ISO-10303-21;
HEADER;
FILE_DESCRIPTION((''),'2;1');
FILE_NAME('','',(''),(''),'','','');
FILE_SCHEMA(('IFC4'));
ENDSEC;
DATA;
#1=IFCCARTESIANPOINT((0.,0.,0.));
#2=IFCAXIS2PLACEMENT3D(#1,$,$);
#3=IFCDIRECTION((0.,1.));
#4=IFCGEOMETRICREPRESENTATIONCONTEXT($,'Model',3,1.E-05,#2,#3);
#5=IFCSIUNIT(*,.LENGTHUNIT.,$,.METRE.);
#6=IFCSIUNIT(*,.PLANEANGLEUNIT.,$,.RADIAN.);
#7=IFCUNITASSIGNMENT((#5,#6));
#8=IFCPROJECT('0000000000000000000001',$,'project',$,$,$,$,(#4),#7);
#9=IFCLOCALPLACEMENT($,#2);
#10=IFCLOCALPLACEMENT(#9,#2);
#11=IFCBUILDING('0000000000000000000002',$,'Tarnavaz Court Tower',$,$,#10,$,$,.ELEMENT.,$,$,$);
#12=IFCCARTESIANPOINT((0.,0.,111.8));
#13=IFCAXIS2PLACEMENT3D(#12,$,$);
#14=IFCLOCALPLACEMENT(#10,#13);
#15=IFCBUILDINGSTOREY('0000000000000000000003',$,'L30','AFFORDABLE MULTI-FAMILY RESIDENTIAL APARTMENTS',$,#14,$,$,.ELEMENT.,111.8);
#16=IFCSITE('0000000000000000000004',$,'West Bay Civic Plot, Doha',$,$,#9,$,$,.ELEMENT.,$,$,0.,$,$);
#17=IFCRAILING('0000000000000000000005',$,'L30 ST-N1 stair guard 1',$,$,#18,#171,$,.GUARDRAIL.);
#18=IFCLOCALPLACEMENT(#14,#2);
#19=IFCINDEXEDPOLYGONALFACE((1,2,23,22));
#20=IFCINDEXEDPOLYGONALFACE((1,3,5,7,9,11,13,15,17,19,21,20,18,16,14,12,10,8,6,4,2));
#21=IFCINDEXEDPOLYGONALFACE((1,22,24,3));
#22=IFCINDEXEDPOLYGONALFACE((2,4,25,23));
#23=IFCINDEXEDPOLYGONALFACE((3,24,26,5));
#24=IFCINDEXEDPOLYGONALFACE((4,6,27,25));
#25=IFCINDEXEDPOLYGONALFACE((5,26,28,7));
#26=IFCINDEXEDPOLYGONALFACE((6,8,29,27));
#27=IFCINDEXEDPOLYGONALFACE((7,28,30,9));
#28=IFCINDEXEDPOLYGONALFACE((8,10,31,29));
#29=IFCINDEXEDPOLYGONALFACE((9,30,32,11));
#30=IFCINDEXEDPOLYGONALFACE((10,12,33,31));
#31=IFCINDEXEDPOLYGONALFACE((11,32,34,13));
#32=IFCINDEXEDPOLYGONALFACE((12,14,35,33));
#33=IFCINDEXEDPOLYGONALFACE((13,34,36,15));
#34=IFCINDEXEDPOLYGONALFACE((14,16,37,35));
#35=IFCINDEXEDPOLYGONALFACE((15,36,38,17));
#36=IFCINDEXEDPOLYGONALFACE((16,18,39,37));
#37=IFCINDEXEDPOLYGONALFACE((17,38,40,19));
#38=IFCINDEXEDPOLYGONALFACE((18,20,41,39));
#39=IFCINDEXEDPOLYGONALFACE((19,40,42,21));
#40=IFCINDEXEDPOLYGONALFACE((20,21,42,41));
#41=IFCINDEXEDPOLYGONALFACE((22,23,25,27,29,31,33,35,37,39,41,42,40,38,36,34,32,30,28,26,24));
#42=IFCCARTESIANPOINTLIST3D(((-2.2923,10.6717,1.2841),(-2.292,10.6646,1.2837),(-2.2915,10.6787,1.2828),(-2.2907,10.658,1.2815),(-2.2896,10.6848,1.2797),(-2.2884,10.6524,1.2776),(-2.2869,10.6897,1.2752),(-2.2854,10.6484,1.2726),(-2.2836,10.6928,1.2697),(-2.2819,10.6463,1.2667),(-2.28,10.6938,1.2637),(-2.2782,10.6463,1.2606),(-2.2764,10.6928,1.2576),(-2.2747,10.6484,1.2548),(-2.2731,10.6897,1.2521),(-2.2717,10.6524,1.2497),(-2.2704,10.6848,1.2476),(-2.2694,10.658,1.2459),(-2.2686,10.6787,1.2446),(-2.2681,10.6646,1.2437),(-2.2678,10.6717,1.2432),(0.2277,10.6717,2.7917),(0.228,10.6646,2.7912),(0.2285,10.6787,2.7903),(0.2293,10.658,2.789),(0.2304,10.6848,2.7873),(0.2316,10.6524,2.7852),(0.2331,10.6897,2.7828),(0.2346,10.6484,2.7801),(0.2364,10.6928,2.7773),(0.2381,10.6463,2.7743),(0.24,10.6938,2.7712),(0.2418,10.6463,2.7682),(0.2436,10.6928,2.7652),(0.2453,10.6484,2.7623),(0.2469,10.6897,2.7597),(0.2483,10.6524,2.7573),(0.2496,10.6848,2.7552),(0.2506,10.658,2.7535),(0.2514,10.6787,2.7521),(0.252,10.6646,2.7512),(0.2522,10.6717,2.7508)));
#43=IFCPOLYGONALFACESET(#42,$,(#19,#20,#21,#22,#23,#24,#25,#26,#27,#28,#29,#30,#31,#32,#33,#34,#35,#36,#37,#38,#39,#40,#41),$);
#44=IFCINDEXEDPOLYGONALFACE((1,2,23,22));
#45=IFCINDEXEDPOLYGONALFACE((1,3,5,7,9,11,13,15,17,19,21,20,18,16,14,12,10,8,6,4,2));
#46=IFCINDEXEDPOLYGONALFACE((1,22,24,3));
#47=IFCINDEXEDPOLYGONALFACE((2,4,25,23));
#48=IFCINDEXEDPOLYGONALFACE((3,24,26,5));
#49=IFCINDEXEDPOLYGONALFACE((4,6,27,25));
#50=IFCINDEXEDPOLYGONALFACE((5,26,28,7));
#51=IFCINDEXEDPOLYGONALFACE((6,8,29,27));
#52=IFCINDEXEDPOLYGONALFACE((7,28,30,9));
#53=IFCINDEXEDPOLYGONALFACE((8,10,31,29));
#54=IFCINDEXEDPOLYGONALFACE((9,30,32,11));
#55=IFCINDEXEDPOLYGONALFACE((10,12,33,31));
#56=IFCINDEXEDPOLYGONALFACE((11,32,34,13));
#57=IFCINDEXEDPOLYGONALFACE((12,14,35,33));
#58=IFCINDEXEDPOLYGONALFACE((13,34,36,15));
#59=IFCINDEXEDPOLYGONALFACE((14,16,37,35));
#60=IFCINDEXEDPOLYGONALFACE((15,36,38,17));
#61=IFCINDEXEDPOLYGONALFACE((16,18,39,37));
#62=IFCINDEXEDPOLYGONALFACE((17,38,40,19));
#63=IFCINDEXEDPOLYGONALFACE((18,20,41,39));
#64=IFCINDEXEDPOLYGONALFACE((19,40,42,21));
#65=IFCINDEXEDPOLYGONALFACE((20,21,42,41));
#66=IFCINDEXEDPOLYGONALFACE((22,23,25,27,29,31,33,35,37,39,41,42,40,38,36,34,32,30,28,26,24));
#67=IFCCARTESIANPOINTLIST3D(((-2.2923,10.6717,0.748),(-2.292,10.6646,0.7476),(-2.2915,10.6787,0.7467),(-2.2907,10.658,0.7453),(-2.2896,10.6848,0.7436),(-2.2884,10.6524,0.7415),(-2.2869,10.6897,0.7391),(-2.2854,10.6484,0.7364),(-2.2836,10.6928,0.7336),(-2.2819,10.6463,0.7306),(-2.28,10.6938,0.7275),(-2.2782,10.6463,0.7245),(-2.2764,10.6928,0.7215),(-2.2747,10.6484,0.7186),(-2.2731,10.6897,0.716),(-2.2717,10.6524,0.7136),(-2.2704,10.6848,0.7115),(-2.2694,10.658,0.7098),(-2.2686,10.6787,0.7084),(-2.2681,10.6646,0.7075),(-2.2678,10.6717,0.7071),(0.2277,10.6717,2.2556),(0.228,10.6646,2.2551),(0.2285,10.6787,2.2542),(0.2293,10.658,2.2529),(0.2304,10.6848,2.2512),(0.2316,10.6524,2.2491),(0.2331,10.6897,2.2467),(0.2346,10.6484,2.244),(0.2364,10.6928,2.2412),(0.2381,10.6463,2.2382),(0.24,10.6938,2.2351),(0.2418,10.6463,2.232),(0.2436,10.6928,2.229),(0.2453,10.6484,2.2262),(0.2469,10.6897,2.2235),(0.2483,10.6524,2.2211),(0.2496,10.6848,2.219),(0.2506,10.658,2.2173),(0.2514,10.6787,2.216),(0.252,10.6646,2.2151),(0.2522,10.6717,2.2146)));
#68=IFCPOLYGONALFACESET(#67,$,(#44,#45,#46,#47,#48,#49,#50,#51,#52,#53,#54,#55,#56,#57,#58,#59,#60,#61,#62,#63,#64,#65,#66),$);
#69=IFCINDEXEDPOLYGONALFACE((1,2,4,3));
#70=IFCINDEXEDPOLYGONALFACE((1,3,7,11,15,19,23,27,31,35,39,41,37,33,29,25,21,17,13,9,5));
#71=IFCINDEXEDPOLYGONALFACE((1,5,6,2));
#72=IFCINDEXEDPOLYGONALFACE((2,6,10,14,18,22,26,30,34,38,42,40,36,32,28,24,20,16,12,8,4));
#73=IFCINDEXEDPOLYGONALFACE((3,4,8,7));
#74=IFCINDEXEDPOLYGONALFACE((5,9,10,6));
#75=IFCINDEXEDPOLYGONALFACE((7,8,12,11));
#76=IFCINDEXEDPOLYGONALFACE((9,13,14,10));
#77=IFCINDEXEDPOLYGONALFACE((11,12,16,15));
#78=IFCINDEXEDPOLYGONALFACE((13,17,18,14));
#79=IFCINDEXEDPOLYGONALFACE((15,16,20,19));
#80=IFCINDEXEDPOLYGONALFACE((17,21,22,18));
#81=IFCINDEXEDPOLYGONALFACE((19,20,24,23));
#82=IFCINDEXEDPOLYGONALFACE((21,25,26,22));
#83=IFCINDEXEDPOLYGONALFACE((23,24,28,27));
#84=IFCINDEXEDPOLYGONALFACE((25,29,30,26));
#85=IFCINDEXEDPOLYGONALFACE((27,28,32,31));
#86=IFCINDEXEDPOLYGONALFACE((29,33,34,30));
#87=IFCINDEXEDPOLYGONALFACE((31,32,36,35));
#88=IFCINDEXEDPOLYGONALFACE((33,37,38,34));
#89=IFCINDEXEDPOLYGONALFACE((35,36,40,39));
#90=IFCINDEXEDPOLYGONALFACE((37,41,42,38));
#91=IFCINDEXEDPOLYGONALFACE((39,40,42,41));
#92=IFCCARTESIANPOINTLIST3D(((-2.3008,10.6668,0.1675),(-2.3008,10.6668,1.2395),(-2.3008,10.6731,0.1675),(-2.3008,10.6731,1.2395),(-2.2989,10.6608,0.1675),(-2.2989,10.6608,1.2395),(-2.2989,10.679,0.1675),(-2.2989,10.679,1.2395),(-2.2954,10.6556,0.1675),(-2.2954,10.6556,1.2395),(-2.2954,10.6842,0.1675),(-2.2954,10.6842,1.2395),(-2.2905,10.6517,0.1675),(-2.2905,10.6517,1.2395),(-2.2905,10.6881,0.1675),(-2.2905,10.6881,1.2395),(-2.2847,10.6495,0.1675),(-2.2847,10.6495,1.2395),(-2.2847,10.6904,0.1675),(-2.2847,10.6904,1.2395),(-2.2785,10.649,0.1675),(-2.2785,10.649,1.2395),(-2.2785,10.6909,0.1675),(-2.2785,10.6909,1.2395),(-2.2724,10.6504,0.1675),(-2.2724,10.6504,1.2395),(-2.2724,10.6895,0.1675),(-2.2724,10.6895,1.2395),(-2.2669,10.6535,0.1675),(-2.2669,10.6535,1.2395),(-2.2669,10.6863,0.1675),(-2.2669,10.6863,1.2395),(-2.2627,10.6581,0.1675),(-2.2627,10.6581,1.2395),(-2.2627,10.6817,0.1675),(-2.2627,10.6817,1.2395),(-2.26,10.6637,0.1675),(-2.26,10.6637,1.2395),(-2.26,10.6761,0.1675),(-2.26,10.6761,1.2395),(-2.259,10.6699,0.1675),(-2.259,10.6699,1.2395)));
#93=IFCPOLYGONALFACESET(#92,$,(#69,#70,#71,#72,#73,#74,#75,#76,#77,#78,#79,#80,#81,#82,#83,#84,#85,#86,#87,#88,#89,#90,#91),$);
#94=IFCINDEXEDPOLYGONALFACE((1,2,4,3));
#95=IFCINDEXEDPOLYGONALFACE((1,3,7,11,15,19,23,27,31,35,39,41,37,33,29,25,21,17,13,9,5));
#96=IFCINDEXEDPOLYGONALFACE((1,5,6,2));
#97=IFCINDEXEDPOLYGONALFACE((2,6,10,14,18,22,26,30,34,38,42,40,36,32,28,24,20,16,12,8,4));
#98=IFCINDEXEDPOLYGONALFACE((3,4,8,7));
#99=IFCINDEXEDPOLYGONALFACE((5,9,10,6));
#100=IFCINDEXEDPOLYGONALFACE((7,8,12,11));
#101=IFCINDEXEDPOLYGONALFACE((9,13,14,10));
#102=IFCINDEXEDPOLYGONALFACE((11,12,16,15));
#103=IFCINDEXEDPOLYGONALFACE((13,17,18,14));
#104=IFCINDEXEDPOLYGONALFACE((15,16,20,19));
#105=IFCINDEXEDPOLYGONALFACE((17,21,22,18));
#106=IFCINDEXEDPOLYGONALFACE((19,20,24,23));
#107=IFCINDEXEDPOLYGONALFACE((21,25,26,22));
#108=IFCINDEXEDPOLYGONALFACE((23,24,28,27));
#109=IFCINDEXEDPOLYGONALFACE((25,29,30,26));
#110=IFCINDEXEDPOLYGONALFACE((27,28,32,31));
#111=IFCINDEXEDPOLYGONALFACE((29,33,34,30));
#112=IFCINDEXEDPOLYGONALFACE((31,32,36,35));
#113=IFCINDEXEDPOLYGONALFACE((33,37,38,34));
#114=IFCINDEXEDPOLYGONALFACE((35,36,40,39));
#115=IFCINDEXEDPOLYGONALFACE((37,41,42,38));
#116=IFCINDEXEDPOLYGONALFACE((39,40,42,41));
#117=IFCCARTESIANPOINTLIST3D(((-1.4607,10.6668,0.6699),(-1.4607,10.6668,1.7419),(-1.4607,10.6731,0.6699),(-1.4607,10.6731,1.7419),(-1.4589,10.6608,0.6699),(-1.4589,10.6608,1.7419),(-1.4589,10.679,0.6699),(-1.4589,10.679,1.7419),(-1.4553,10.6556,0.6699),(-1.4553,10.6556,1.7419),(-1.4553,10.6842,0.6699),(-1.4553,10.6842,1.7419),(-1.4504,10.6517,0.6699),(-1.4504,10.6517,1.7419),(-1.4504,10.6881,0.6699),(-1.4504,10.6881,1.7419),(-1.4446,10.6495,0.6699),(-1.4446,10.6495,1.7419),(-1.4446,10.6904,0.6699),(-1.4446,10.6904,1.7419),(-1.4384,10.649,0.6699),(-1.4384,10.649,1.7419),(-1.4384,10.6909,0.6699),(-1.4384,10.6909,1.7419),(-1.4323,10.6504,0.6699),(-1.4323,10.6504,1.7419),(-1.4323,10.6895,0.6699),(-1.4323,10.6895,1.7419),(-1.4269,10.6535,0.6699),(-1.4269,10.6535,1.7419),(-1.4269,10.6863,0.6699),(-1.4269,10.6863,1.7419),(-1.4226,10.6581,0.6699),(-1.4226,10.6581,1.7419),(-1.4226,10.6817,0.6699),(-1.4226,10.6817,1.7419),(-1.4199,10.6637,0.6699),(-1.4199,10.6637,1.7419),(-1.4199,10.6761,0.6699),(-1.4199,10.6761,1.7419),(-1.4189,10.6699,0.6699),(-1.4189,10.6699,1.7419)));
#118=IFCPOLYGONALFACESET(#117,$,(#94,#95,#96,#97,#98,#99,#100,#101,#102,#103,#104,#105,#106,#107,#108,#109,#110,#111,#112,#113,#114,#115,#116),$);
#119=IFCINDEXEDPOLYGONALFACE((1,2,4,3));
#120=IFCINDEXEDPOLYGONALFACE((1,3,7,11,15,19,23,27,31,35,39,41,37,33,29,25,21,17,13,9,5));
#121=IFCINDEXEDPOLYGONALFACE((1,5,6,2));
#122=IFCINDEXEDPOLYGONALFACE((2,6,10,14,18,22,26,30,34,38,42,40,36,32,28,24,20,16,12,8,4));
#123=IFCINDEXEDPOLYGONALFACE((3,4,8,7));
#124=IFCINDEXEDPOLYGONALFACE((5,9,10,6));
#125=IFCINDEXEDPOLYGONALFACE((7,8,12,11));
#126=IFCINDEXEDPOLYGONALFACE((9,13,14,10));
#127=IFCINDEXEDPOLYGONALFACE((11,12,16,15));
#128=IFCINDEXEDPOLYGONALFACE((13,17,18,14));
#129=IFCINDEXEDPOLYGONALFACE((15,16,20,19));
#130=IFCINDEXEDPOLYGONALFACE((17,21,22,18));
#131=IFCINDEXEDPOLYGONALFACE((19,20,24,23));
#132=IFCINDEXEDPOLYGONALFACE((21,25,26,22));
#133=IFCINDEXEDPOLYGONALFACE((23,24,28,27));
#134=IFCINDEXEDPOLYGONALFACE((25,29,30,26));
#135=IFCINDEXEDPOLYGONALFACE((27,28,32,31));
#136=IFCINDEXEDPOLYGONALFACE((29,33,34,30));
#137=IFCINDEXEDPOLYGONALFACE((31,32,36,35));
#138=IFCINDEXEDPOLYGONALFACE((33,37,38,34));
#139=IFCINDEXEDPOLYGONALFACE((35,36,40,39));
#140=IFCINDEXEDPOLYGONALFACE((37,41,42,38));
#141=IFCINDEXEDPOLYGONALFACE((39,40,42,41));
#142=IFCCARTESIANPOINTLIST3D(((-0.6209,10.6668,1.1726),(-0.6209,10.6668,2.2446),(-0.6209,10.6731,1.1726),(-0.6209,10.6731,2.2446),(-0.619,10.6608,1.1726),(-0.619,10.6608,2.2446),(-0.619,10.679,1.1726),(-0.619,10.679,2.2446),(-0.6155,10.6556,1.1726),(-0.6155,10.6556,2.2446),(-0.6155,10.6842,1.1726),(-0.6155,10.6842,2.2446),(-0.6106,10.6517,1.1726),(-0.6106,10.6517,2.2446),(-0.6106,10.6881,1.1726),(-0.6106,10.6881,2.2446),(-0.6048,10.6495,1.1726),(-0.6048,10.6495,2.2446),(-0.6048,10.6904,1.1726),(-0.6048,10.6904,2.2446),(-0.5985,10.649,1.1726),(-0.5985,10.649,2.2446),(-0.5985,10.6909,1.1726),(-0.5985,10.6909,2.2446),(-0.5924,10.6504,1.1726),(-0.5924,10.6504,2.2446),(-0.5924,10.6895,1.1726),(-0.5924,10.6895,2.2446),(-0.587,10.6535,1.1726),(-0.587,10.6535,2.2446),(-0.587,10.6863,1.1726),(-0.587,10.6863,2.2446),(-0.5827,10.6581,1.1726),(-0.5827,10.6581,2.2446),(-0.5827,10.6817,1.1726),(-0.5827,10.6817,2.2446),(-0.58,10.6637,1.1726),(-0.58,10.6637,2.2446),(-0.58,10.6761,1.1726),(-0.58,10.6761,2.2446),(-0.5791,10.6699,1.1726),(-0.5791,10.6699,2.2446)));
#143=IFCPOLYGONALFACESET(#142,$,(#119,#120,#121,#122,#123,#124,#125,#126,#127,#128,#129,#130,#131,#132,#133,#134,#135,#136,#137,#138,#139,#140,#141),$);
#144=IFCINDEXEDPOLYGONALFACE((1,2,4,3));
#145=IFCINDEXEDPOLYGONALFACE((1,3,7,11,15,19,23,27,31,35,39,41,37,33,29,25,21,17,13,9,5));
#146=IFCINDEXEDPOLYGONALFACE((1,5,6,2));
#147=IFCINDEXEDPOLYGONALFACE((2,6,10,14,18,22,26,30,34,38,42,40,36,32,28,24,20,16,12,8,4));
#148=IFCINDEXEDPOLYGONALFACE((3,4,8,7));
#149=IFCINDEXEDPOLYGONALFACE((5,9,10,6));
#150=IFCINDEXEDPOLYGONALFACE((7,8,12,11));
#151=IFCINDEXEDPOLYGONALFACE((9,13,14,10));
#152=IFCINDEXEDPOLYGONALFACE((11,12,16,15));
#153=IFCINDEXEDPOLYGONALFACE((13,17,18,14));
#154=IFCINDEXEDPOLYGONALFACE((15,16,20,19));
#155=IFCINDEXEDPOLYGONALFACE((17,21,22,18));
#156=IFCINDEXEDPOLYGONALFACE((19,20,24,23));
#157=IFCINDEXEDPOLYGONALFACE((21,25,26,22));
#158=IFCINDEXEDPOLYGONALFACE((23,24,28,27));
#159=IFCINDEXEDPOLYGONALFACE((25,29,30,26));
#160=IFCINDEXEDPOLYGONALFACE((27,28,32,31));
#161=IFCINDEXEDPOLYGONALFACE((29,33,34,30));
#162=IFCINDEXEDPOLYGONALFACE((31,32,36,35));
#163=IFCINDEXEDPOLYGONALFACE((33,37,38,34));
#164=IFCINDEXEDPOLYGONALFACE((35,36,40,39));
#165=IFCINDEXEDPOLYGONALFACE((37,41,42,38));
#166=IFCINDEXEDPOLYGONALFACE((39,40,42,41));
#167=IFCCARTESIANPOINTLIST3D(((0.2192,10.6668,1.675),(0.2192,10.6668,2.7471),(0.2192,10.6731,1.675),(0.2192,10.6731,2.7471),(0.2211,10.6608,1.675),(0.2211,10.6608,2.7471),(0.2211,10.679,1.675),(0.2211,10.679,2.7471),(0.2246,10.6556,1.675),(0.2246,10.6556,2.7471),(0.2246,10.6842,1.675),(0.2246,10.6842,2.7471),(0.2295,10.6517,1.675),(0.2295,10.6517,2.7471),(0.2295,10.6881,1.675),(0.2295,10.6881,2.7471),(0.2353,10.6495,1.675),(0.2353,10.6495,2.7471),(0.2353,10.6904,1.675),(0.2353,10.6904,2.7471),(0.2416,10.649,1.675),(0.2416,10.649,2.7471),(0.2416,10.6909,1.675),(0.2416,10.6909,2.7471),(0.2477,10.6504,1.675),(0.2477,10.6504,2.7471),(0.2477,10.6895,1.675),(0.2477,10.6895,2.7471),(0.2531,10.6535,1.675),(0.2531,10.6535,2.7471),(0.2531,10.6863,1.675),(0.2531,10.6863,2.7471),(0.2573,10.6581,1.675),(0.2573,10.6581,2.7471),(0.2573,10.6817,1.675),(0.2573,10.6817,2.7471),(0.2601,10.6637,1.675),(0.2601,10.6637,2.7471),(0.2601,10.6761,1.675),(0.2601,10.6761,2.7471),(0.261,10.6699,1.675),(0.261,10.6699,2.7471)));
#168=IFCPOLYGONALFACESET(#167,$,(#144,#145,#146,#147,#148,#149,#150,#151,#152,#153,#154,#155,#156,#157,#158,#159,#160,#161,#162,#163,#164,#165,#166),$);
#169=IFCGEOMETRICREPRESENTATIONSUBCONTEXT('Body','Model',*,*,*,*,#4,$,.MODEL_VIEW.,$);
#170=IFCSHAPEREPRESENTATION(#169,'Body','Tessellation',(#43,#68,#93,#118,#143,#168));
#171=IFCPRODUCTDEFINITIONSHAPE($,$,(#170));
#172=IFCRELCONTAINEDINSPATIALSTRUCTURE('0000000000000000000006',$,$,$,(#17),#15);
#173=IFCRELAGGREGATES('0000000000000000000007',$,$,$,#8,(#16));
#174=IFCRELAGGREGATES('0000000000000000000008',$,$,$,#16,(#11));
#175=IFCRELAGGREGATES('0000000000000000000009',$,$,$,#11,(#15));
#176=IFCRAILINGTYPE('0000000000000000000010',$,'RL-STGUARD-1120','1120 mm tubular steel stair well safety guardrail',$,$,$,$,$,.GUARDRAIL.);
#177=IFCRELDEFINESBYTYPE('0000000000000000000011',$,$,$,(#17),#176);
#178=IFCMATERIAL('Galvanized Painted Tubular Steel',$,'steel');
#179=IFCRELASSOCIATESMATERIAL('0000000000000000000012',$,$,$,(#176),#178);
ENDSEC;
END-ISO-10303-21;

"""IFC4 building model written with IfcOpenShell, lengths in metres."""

from ifc_helpers import new_model, si_unit, direction, frame, origin, origin_2d, place, context, subcontext, project, spatial, circle, extrude, material, type_object, element, save


model = new_model("IFC4")

# Units and contexts
model_context = context("Model", 3, precision=1e-05, world=origin(), true_north=direction((0.0, 1.0)))
body_context = subcontext(model_context, "Body", "Model", "MODEL_VIEW")
ifc_project = project(units=[si_unit("LENGTHUNIT", "METRE"), si_unit("PLANEANGLEUNIT", "RADIAN")], contexts=[model_context])

# Site, building, storey
site_placement = place(None, origin())
site = spatial("IfcSite", under=ifc_project, at=site_placement, Name="West Bay Civic Plot, Doha", CompositionType="ELEMENT", RefElevation=0.0)
building_placement = place(site_placement, origin())
building = spatial("IfcBuilding", under=site, at=building_placement, Name="Tarnavaz Court Tower", CompositionType="ELEMENT")
storey_placement = place(building_placement, frame((0.0, 0.0, 111.8)))
storey = spatial("IfcBuildingStorey", under=building, at=storey_placement, Name="L30", Description="AFFORDABLE MULTI-FAMILY RESIDENTIAL APARTMENTS", CompositionType="ELEMENT", Elevation=111.8)

# Railing
ifc_material_1 = material(Name="Galvanized Painted Tubular Steel", Category="steel")
railing_type_1 = type_object("IfcRailingType", Name="RL-STGUARD-1120", Description="1120 mm tubular steel stair well safety guardrail", PredefinedType="GUARDRAIL", material=ifc_material_1)
railing_1_placement = place(storey_placement, frame((-2.28, 10.6699, 0.1675)))
element("IfcRailing", 1, at=railing_1_placement, inside=storey, type_object=railing_type_1, Name="L30 ST-N1 stair guard 1", PredefinedType="GUARDRAIL", context=body_context, shape_type="SweptSolid", body=[
    extrude(circle(Radius=0.0239, at=origin_2d()), frame((0.0, 0.0, 1.0962), z_axis=(0.85816, 0.0, 0.513383), x_axis=(0.0, 1.0, 0.0)), (0.0, 0.0, 1.0), 2.9365),
    extrude(circle(Radius=0.0239, at=origin_2d()), frame((0.0, 0.0, 0.5601), z_axis=(0.85816, 0.0, 0.513383), x_axis=(0.0, 1.0, 0.0)), (0.0, 0.0, 1.0), 2.9365),
    extrude(circle(Radius=0.021, at=origin_2d()), origin(), (0.0, 0.0, 1.0), 1.072),
    extrude(circle(Radius=0.021, at=origin_2d()), frame((0.8401, 0.0, 0.5024)), (0.0, 0.0, 1.0), 1.072),
    extrude(circle(Radius=0.021, at=origin_2d()), frame((1.6799, 0.0, 1.0051)), (0.0, 0.0, 1.0), 1.072),
    extrude(circle(Radius=0.021, at=origin_2d()), frame((2.52, 0.0, 1.5076)), (0.0, 0.0, 1.0), 1.072),
])

save(model, "model.ifc")
